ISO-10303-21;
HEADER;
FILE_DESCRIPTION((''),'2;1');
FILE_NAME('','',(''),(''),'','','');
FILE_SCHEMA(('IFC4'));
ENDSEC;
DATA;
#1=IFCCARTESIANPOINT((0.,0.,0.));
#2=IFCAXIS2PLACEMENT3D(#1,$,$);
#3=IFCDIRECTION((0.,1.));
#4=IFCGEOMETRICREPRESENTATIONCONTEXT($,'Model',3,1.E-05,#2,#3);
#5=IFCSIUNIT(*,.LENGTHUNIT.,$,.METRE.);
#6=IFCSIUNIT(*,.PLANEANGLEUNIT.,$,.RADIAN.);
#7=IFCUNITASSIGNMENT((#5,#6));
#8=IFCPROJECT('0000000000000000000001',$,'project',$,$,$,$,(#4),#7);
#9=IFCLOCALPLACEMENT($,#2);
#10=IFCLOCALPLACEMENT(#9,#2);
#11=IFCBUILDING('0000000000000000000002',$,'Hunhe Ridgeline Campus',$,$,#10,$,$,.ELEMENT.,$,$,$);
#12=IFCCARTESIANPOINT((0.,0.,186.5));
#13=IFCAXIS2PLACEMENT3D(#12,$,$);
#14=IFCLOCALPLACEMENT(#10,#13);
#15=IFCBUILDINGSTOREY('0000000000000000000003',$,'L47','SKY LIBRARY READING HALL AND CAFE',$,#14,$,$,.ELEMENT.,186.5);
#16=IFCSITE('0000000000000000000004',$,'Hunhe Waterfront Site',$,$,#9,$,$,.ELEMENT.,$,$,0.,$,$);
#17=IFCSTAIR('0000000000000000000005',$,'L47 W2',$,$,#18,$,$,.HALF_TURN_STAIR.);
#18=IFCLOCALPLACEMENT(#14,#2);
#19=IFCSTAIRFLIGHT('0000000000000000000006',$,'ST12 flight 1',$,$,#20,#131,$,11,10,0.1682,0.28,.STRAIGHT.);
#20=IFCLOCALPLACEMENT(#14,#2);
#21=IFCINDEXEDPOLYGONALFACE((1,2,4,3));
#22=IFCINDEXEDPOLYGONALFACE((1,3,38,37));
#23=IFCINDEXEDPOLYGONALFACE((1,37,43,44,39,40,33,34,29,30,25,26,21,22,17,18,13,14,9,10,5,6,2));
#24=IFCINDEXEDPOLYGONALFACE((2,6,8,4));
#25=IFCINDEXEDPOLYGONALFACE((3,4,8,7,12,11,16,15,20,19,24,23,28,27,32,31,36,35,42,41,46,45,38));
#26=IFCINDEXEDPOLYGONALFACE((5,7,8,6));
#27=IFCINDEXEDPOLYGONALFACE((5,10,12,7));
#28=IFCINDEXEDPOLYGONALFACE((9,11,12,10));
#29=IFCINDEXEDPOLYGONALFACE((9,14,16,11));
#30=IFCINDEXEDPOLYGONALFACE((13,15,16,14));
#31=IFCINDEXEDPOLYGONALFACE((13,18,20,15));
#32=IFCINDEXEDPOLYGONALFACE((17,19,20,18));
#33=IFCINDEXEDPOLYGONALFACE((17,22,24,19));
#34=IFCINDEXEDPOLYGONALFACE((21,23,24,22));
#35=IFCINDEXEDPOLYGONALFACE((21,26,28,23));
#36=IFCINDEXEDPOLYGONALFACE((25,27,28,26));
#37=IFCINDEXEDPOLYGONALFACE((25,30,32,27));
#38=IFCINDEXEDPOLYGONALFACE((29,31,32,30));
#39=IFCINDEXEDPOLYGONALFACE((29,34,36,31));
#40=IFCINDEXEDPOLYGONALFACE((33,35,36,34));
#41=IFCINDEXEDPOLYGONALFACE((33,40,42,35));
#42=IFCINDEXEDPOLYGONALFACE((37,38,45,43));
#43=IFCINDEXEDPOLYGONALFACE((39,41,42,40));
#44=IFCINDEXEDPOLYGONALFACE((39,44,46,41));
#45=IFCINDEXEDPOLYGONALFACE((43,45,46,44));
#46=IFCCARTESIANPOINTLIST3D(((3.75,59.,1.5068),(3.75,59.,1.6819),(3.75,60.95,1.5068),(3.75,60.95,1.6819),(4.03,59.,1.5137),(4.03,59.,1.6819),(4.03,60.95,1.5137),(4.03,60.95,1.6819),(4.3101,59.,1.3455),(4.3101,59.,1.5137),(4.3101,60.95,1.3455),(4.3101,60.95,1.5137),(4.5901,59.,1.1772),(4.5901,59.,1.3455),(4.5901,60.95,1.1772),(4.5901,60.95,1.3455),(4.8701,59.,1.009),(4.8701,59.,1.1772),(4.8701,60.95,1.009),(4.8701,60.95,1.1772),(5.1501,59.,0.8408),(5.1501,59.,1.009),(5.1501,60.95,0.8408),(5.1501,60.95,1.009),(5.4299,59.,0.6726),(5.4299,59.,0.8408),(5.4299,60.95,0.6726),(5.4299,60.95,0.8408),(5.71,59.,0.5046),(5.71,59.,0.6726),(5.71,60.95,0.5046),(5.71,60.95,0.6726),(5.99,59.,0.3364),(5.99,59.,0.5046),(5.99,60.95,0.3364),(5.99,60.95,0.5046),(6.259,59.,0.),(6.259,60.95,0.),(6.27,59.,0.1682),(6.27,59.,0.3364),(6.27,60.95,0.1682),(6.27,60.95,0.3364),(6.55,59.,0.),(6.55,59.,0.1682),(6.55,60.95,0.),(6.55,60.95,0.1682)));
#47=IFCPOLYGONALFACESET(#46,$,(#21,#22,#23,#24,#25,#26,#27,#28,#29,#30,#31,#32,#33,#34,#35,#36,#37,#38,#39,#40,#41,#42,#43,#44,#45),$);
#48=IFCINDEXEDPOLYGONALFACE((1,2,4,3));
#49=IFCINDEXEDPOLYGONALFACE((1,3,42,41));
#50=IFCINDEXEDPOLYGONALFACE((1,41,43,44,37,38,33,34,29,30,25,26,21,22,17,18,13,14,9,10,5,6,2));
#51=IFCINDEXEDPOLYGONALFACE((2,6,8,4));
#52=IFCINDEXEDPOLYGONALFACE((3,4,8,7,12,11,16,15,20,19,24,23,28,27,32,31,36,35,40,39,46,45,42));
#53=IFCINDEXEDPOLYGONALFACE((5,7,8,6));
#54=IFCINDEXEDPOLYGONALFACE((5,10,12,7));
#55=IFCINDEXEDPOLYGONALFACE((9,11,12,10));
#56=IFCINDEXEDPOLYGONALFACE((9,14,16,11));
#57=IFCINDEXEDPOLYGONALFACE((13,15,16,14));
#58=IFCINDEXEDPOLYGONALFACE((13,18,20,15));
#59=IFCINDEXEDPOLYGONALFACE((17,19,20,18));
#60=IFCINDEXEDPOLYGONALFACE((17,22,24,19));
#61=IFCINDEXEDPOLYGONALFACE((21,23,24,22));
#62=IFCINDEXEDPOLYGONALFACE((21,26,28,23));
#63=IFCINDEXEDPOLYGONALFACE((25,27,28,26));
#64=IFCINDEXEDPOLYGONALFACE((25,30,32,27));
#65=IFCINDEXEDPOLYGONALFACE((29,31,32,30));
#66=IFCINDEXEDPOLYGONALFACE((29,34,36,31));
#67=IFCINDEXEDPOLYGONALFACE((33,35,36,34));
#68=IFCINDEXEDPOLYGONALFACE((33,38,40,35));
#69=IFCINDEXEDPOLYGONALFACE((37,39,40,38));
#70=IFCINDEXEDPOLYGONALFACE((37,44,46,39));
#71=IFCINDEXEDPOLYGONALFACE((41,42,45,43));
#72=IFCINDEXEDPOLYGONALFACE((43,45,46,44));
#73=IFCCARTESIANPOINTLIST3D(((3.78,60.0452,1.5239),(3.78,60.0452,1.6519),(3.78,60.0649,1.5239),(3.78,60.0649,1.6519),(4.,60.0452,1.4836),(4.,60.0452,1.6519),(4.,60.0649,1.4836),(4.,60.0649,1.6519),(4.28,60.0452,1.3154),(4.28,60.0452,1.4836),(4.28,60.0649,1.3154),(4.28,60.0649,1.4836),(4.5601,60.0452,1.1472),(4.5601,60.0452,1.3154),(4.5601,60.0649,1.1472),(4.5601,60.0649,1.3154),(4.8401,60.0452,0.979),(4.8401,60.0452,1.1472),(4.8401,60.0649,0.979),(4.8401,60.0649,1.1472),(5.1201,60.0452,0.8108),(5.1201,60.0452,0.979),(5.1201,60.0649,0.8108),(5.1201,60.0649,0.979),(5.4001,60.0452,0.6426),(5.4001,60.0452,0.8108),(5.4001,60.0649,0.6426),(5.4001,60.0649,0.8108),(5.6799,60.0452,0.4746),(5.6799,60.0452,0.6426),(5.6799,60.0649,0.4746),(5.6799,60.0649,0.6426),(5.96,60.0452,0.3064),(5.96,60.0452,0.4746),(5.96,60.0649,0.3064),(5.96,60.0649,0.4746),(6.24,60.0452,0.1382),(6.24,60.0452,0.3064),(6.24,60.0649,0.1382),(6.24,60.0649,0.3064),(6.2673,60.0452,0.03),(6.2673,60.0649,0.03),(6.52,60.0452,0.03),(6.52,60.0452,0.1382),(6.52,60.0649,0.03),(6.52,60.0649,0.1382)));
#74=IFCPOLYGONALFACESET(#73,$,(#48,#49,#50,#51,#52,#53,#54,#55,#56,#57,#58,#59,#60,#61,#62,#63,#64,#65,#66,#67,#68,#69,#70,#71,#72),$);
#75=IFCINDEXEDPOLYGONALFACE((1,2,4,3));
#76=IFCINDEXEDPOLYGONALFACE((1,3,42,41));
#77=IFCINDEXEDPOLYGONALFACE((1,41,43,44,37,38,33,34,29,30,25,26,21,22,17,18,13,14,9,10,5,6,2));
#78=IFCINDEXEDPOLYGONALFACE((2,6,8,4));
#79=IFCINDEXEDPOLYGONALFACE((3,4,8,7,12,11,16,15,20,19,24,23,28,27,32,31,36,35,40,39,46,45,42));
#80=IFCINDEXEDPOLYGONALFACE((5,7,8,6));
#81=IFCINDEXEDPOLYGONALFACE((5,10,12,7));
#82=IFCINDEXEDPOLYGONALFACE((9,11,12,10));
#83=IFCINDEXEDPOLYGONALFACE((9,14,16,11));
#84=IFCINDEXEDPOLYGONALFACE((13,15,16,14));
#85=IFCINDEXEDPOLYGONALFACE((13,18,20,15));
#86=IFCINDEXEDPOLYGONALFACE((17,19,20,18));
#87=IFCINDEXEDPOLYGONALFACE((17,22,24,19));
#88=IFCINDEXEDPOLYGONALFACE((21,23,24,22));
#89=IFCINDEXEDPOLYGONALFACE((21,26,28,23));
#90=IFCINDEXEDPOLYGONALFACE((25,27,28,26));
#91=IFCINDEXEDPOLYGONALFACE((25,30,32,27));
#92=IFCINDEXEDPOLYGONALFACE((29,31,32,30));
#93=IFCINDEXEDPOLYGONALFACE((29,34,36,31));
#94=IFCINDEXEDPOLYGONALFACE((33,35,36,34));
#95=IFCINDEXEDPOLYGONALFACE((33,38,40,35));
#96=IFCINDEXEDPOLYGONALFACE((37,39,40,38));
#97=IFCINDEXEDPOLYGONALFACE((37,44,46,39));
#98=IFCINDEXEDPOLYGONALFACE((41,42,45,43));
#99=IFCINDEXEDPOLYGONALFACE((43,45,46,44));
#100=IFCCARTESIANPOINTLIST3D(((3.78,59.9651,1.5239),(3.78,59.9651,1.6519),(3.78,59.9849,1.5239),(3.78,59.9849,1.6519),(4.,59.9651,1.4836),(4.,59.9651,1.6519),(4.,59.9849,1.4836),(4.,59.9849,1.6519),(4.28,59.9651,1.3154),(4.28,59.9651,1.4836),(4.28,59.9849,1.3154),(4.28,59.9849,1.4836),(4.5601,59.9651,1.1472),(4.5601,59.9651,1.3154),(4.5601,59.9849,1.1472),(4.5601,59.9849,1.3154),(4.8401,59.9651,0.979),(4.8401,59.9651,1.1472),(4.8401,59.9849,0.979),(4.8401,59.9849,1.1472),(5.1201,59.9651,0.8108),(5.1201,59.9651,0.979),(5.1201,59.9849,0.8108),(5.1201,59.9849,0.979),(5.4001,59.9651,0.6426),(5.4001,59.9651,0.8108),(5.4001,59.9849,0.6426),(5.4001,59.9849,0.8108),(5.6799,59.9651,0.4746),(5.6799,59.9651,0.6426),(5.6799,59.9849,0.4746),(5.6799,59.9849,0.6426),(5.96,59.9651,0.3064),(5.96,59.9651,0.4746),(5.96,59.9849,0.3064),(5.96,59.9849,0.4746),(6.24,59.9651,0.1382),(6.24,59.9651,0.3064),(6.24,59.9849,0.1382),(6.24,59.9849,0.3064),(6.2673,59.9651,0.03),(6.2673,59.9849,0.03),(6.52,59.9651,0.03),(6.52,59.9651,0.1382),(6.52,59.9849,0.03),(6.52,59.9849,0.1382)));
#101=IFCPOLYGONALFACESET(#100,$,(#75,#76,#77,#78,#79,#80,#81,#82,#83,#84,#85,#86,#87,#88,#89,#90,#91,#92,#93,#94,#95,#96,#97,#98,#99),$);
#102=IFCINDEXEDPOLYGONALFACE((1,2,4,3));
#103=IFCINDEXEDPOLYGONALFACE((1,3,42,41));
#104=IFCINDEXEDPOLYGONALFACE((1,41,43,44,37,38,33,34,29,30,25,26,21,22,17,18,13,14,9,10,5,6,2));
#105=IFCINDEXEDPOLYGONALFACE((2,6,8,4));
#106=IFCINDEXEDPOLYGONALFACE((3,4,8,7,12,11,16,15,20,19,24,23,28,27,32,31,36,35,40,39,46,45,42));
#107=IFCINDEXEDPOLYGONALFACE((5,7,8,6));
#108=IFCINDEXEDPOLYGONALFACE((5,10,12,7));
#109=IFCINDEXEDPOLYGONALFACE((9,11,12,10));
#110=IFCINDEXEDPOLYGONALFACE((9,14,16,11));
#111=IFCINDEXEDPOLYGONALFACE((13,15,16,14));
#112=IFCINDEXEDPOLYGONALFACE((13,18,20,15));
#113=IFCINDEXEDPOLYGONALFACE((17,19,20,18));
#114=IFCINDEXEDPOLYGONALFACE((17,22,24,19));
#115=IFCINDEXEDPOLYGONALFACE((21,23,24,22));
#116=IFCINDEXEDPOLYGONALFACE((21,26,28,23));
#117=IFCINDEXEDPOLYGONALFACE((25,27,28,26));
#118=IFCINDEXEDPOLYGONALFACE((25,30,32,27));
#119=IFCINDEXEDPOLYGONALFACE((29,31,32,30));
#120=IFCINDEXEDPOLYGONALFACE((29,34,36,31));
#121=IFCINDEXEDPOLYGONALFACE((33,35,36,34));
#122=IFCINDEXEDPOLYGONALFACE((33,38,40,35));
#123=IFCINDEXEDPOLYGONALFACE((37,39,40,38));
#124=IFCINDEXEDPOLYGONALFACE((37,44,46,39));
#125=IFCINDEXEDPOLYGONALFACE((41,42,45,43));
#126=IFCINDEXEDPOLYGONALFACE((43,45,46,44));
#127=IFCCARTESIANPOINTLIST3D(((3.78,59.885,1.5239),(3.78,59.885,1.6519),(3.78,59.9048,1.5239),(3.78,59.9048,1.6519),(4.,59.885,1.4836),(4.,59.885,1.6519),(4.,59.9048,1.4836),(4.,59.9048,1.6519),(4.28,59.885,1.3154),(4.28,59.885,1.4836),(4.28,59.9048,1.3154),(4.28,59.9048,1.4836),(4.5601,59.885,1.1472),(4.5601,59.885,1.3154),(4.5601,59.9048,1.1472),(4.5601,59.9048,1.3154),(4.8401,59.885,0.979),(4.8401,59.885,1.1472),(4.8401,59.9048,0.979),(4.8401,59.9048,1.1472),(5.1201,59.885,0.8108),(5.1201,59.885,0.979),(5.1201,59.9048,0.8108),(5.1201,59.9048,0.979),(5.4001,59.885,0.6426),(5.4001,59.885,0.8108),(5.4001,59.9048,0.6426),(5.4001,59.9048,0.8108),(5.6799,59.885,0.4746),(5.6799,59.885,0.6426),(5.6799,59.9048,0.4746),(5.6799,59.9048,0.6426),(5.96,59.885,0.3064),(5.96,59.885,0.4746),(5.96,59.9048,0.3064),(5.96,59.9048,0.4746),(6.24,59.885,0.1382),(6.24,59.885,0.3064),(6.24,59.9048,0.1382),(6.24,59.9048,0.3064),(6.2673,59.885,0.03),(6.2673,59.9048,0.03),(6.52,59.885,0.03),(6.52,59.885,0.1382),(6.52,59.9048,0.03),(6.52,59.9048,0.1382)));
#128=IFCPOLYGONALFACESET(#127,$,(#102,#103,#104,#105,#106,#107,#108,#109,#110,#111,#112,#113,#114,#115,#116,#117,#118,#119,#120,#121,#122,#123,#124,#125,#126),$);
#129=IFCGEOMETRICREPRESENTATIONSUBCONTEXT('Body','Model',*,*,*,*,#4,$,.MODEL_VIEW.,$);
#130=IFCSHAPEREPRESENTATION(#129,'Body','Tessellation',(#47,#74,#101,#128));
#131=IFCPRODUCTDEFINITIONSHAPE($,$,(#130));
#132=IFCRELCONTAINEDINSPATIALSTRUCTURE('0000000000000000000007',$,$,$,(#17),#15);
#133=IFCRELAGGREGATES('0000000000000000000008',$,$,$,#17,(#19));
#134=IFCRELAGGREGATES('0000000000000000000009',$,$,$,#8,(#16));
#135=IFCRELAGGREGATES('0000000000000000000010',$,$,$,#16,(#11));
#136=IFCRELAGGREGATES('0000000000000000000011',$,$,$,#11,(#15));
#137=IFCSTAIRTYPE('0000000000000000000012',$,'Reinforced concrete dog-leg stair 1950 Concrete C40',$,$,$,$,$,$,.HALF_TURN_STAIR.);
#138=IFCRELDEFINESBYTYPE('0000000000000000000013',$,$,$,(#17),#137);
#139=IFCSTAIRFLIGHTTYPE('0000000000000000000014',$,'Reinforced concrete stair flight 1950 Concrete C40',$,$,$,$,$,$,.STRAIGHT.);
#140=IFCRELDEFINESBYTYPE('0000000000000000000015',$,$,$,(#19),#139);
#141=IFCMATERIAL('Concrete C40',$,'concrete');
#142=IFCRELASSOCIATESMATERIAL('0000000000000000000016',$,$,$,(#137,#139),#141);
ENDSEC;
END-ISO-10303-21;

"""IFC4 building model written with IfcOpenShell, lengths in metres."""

from ifc_helpers import new_model, si_unit, direction, frame, origin, place, context, subcontext, project, spatial, polyline, outline, extrude, material, type_object, element, aggregate, save


model = new_model("IFC4")

# Units and contexts
model_context = context("Model", 3, precision=1e-05, world=origin(), true_north=direction((0.0, 1.0)))
body_context = subcontext(model_context, "Body", "Model", "MODEL_VIEW")
ifc_project = project(units=[si_unit("LENGTHUNIT", "METRE"), si_unit("PLANEANGLEUNIT", "RADIAN")], contexts=[model_context])

# Site, building, storey
site_placement = place(None, origin())
site = spatial("IfcSite", under=ifc_project, at=site_placement, Name="Hunhe Waterfront Site", CompositionType="ELEMENT", RefElevation=0.0)
building_placement = place(site_placement, origin())
building = spatial("IfcBuilding", under=site, at=building_placement, Name="Hunhe Ridgeline Campus", CompositionType="ELEMENT")
storey_placement = place(building_placement, frame((0.0, 0.0, 186.5)))
storey = spatial("IfcBuildingStorey", under=building, at=storey_placement, Name="L47", Description="SKY LIBRARY READING HALL AND CAFE", CompositionType="ELEMENT", Elevation=186.5)

# Stair, stair flight
ifc_material_1 = material(Name="Concrete C40", Category="concrete")
stair_type = type_object("IfcStairType", Name="Reinforced concrete dog-leg stair 1950 Concrete C40", PredefinedType="HALF_TURN_STAIR", material=ifc_material_1)
stair_flight_type = type_object("IfcStairFlightType", Name="Reinforced concrete stair flight 1950 Concrete C40", PredefinedType="STRAIGHT", material=ifc_material_1)
stair_1_placement = place(storey_placement, origin())
stair_1 = element("IfcStair", 1, at=stair_1_placement, inside=storey, type_object=stair_type, Name="L47 W2", PredefinedType="HALF_TURN_STAIR")
stair_flight_1_placement = place(storey_placement, frame((6.55, 59.9751, 0.0), z_axis=(0.0, 0.0, 1.0), x_axis=(-1.0, 0.0, 0.0)))
stair_flight_1 = element("IfcStairFlight", 2, at=stair_flight_1_placement, type_object=stair_flight_type, Name="ST12 flight 1", NumberOfRisers=11, NumberOfTreads=10, PredefinedType="STRAIGHT", RiserHeight=0.1682, TreadLength=0.28, context=body_context, shape_type="SweptSolid", body=[
    extrude(outline(polyline([(0.0, 0.0), (0.0, 0.1682), (0.28, 0.1682), (0.28, 0.3364), (0.5601, 0.3364), (0.5601, 0.5046), (0.8401, 0.5046), (0.8401, 0.6726), (1.1201, 0.6726), (1.1201, 0.8408), (1.3999, 0.8408), (1.3999, 1.009), (1.6799, 1.009), (1.6799, 1.1772), (1.96, 1.1772), (1.96, 1.3455), (2.24, 1.3455), (2.24, 1.5137), (2.52, 1.5137), (2.52, 1.6819), (2.8, 1.6819), (2.8, 1.8501), (2.8, 1.5068), (0.291, 0.0), (0.0, 0.0)])), frame((0.0, 0.9751, 0.0), z_axis=(0.0, -1.0, 0.0), x_axis=(1.0, 0.0, 0.0)), (0.0, 0.0, 1.0), 1.95),
    extrude(outline(polyline([(0.03, 0.03), (0.03, 0.1382), (0.3101, 0.1382), (0.3101, 0.3064), (0.5901, 0.3064), (0.5901, 0.4746), (0.8701, 0.4746), (0.8701, 0.6426), (1.1499, 0.6426), (1.1499, 0.8108), (1.4299, 0.8108), (1.4299, 0.979), (1.71, 0.979), (1.71, 1.1472), (1.99, 1.1472), (1.99, 1.3154), (2.27, 1.3154), (2.27, 1.4836), (2.55, 1.4836), (2.55, 1.6519), (2.77, 1.6519), (2.77, 1.5239), (0.2827, 0.03), (0.03, 0.03)])), frame((0.0, -0.0701, 0.0), z_axis=(0.0, -1.0, 0.0), x_axis=(1.0, 0.0, 0.0)), (0.0, 0.0, 1.0), 0.0198),
    extrude(outline(polyline([(0.03, 0.03), (0.03, 0.1382), (0.3101, 0.1382), (0.3101, 0.3064), (0.5901, 0.3064), (0.5901, 0.4746), (0.8701, 0.4746), (0.8701, 0.6426), (1.1499, 0.6426), (1.1499, 0.8108), (1.4299, 0.8108), (1.4299, 0.979), (1.71, 0.979), (1.71, 1.1472), (1.99, 1.1472), (1.99, 1.3154), (2.27, 1.3154), (2.27, 1.4836), (2.55, 1.4836), (2.55, 1.6519), (2.77, 1.6519), (2.77, 1.5239), (0.2827, 0.03), (0.03, 0.03)])), frame((0.0, 0.01, 0.0), z_axis=(0.0, -1.0, 0.0), x_axis=(1.0, 0.0, 0.0)), (0.0, 0.0, 1.0), 0.0198),
    extrude(outline(polyline([(0.03, 0.03), (0.03, 0.1382), (0.3101, 0.1382), (0.3101, 0.3064), (0.5901, 0.3064), (0.5901, 0.4746), (0.8701, 0.4746), (0.8701, 0.6426), (1.1499, 0.6426), (1.1499, 0.8108), (1.4299, 0.8108), (1.4299, 0.979), (1.71, 0.979), (1.71, 1.1472), (1.99, 1.1472), (1.99, 1.3154), (2.27, 1.3154), (2.27, 1.4836), (2.55, 1.4836), (2.55, 1.6519), (2.77, 1.6519), (2.77, 1.5239), (0.2827, 0.03), (0.03, 0.03)])), frame((0.0, 0.0901, 0.0), z_axis=(0.0, -1.0, 0.0), x_axis=(1.0, 0.0, 0.0)), (0.0, 0.0, 1.0), 0.0198),
])
aggregate(stair_1, [stair_flight_1])

save(model, "model.ifc")
